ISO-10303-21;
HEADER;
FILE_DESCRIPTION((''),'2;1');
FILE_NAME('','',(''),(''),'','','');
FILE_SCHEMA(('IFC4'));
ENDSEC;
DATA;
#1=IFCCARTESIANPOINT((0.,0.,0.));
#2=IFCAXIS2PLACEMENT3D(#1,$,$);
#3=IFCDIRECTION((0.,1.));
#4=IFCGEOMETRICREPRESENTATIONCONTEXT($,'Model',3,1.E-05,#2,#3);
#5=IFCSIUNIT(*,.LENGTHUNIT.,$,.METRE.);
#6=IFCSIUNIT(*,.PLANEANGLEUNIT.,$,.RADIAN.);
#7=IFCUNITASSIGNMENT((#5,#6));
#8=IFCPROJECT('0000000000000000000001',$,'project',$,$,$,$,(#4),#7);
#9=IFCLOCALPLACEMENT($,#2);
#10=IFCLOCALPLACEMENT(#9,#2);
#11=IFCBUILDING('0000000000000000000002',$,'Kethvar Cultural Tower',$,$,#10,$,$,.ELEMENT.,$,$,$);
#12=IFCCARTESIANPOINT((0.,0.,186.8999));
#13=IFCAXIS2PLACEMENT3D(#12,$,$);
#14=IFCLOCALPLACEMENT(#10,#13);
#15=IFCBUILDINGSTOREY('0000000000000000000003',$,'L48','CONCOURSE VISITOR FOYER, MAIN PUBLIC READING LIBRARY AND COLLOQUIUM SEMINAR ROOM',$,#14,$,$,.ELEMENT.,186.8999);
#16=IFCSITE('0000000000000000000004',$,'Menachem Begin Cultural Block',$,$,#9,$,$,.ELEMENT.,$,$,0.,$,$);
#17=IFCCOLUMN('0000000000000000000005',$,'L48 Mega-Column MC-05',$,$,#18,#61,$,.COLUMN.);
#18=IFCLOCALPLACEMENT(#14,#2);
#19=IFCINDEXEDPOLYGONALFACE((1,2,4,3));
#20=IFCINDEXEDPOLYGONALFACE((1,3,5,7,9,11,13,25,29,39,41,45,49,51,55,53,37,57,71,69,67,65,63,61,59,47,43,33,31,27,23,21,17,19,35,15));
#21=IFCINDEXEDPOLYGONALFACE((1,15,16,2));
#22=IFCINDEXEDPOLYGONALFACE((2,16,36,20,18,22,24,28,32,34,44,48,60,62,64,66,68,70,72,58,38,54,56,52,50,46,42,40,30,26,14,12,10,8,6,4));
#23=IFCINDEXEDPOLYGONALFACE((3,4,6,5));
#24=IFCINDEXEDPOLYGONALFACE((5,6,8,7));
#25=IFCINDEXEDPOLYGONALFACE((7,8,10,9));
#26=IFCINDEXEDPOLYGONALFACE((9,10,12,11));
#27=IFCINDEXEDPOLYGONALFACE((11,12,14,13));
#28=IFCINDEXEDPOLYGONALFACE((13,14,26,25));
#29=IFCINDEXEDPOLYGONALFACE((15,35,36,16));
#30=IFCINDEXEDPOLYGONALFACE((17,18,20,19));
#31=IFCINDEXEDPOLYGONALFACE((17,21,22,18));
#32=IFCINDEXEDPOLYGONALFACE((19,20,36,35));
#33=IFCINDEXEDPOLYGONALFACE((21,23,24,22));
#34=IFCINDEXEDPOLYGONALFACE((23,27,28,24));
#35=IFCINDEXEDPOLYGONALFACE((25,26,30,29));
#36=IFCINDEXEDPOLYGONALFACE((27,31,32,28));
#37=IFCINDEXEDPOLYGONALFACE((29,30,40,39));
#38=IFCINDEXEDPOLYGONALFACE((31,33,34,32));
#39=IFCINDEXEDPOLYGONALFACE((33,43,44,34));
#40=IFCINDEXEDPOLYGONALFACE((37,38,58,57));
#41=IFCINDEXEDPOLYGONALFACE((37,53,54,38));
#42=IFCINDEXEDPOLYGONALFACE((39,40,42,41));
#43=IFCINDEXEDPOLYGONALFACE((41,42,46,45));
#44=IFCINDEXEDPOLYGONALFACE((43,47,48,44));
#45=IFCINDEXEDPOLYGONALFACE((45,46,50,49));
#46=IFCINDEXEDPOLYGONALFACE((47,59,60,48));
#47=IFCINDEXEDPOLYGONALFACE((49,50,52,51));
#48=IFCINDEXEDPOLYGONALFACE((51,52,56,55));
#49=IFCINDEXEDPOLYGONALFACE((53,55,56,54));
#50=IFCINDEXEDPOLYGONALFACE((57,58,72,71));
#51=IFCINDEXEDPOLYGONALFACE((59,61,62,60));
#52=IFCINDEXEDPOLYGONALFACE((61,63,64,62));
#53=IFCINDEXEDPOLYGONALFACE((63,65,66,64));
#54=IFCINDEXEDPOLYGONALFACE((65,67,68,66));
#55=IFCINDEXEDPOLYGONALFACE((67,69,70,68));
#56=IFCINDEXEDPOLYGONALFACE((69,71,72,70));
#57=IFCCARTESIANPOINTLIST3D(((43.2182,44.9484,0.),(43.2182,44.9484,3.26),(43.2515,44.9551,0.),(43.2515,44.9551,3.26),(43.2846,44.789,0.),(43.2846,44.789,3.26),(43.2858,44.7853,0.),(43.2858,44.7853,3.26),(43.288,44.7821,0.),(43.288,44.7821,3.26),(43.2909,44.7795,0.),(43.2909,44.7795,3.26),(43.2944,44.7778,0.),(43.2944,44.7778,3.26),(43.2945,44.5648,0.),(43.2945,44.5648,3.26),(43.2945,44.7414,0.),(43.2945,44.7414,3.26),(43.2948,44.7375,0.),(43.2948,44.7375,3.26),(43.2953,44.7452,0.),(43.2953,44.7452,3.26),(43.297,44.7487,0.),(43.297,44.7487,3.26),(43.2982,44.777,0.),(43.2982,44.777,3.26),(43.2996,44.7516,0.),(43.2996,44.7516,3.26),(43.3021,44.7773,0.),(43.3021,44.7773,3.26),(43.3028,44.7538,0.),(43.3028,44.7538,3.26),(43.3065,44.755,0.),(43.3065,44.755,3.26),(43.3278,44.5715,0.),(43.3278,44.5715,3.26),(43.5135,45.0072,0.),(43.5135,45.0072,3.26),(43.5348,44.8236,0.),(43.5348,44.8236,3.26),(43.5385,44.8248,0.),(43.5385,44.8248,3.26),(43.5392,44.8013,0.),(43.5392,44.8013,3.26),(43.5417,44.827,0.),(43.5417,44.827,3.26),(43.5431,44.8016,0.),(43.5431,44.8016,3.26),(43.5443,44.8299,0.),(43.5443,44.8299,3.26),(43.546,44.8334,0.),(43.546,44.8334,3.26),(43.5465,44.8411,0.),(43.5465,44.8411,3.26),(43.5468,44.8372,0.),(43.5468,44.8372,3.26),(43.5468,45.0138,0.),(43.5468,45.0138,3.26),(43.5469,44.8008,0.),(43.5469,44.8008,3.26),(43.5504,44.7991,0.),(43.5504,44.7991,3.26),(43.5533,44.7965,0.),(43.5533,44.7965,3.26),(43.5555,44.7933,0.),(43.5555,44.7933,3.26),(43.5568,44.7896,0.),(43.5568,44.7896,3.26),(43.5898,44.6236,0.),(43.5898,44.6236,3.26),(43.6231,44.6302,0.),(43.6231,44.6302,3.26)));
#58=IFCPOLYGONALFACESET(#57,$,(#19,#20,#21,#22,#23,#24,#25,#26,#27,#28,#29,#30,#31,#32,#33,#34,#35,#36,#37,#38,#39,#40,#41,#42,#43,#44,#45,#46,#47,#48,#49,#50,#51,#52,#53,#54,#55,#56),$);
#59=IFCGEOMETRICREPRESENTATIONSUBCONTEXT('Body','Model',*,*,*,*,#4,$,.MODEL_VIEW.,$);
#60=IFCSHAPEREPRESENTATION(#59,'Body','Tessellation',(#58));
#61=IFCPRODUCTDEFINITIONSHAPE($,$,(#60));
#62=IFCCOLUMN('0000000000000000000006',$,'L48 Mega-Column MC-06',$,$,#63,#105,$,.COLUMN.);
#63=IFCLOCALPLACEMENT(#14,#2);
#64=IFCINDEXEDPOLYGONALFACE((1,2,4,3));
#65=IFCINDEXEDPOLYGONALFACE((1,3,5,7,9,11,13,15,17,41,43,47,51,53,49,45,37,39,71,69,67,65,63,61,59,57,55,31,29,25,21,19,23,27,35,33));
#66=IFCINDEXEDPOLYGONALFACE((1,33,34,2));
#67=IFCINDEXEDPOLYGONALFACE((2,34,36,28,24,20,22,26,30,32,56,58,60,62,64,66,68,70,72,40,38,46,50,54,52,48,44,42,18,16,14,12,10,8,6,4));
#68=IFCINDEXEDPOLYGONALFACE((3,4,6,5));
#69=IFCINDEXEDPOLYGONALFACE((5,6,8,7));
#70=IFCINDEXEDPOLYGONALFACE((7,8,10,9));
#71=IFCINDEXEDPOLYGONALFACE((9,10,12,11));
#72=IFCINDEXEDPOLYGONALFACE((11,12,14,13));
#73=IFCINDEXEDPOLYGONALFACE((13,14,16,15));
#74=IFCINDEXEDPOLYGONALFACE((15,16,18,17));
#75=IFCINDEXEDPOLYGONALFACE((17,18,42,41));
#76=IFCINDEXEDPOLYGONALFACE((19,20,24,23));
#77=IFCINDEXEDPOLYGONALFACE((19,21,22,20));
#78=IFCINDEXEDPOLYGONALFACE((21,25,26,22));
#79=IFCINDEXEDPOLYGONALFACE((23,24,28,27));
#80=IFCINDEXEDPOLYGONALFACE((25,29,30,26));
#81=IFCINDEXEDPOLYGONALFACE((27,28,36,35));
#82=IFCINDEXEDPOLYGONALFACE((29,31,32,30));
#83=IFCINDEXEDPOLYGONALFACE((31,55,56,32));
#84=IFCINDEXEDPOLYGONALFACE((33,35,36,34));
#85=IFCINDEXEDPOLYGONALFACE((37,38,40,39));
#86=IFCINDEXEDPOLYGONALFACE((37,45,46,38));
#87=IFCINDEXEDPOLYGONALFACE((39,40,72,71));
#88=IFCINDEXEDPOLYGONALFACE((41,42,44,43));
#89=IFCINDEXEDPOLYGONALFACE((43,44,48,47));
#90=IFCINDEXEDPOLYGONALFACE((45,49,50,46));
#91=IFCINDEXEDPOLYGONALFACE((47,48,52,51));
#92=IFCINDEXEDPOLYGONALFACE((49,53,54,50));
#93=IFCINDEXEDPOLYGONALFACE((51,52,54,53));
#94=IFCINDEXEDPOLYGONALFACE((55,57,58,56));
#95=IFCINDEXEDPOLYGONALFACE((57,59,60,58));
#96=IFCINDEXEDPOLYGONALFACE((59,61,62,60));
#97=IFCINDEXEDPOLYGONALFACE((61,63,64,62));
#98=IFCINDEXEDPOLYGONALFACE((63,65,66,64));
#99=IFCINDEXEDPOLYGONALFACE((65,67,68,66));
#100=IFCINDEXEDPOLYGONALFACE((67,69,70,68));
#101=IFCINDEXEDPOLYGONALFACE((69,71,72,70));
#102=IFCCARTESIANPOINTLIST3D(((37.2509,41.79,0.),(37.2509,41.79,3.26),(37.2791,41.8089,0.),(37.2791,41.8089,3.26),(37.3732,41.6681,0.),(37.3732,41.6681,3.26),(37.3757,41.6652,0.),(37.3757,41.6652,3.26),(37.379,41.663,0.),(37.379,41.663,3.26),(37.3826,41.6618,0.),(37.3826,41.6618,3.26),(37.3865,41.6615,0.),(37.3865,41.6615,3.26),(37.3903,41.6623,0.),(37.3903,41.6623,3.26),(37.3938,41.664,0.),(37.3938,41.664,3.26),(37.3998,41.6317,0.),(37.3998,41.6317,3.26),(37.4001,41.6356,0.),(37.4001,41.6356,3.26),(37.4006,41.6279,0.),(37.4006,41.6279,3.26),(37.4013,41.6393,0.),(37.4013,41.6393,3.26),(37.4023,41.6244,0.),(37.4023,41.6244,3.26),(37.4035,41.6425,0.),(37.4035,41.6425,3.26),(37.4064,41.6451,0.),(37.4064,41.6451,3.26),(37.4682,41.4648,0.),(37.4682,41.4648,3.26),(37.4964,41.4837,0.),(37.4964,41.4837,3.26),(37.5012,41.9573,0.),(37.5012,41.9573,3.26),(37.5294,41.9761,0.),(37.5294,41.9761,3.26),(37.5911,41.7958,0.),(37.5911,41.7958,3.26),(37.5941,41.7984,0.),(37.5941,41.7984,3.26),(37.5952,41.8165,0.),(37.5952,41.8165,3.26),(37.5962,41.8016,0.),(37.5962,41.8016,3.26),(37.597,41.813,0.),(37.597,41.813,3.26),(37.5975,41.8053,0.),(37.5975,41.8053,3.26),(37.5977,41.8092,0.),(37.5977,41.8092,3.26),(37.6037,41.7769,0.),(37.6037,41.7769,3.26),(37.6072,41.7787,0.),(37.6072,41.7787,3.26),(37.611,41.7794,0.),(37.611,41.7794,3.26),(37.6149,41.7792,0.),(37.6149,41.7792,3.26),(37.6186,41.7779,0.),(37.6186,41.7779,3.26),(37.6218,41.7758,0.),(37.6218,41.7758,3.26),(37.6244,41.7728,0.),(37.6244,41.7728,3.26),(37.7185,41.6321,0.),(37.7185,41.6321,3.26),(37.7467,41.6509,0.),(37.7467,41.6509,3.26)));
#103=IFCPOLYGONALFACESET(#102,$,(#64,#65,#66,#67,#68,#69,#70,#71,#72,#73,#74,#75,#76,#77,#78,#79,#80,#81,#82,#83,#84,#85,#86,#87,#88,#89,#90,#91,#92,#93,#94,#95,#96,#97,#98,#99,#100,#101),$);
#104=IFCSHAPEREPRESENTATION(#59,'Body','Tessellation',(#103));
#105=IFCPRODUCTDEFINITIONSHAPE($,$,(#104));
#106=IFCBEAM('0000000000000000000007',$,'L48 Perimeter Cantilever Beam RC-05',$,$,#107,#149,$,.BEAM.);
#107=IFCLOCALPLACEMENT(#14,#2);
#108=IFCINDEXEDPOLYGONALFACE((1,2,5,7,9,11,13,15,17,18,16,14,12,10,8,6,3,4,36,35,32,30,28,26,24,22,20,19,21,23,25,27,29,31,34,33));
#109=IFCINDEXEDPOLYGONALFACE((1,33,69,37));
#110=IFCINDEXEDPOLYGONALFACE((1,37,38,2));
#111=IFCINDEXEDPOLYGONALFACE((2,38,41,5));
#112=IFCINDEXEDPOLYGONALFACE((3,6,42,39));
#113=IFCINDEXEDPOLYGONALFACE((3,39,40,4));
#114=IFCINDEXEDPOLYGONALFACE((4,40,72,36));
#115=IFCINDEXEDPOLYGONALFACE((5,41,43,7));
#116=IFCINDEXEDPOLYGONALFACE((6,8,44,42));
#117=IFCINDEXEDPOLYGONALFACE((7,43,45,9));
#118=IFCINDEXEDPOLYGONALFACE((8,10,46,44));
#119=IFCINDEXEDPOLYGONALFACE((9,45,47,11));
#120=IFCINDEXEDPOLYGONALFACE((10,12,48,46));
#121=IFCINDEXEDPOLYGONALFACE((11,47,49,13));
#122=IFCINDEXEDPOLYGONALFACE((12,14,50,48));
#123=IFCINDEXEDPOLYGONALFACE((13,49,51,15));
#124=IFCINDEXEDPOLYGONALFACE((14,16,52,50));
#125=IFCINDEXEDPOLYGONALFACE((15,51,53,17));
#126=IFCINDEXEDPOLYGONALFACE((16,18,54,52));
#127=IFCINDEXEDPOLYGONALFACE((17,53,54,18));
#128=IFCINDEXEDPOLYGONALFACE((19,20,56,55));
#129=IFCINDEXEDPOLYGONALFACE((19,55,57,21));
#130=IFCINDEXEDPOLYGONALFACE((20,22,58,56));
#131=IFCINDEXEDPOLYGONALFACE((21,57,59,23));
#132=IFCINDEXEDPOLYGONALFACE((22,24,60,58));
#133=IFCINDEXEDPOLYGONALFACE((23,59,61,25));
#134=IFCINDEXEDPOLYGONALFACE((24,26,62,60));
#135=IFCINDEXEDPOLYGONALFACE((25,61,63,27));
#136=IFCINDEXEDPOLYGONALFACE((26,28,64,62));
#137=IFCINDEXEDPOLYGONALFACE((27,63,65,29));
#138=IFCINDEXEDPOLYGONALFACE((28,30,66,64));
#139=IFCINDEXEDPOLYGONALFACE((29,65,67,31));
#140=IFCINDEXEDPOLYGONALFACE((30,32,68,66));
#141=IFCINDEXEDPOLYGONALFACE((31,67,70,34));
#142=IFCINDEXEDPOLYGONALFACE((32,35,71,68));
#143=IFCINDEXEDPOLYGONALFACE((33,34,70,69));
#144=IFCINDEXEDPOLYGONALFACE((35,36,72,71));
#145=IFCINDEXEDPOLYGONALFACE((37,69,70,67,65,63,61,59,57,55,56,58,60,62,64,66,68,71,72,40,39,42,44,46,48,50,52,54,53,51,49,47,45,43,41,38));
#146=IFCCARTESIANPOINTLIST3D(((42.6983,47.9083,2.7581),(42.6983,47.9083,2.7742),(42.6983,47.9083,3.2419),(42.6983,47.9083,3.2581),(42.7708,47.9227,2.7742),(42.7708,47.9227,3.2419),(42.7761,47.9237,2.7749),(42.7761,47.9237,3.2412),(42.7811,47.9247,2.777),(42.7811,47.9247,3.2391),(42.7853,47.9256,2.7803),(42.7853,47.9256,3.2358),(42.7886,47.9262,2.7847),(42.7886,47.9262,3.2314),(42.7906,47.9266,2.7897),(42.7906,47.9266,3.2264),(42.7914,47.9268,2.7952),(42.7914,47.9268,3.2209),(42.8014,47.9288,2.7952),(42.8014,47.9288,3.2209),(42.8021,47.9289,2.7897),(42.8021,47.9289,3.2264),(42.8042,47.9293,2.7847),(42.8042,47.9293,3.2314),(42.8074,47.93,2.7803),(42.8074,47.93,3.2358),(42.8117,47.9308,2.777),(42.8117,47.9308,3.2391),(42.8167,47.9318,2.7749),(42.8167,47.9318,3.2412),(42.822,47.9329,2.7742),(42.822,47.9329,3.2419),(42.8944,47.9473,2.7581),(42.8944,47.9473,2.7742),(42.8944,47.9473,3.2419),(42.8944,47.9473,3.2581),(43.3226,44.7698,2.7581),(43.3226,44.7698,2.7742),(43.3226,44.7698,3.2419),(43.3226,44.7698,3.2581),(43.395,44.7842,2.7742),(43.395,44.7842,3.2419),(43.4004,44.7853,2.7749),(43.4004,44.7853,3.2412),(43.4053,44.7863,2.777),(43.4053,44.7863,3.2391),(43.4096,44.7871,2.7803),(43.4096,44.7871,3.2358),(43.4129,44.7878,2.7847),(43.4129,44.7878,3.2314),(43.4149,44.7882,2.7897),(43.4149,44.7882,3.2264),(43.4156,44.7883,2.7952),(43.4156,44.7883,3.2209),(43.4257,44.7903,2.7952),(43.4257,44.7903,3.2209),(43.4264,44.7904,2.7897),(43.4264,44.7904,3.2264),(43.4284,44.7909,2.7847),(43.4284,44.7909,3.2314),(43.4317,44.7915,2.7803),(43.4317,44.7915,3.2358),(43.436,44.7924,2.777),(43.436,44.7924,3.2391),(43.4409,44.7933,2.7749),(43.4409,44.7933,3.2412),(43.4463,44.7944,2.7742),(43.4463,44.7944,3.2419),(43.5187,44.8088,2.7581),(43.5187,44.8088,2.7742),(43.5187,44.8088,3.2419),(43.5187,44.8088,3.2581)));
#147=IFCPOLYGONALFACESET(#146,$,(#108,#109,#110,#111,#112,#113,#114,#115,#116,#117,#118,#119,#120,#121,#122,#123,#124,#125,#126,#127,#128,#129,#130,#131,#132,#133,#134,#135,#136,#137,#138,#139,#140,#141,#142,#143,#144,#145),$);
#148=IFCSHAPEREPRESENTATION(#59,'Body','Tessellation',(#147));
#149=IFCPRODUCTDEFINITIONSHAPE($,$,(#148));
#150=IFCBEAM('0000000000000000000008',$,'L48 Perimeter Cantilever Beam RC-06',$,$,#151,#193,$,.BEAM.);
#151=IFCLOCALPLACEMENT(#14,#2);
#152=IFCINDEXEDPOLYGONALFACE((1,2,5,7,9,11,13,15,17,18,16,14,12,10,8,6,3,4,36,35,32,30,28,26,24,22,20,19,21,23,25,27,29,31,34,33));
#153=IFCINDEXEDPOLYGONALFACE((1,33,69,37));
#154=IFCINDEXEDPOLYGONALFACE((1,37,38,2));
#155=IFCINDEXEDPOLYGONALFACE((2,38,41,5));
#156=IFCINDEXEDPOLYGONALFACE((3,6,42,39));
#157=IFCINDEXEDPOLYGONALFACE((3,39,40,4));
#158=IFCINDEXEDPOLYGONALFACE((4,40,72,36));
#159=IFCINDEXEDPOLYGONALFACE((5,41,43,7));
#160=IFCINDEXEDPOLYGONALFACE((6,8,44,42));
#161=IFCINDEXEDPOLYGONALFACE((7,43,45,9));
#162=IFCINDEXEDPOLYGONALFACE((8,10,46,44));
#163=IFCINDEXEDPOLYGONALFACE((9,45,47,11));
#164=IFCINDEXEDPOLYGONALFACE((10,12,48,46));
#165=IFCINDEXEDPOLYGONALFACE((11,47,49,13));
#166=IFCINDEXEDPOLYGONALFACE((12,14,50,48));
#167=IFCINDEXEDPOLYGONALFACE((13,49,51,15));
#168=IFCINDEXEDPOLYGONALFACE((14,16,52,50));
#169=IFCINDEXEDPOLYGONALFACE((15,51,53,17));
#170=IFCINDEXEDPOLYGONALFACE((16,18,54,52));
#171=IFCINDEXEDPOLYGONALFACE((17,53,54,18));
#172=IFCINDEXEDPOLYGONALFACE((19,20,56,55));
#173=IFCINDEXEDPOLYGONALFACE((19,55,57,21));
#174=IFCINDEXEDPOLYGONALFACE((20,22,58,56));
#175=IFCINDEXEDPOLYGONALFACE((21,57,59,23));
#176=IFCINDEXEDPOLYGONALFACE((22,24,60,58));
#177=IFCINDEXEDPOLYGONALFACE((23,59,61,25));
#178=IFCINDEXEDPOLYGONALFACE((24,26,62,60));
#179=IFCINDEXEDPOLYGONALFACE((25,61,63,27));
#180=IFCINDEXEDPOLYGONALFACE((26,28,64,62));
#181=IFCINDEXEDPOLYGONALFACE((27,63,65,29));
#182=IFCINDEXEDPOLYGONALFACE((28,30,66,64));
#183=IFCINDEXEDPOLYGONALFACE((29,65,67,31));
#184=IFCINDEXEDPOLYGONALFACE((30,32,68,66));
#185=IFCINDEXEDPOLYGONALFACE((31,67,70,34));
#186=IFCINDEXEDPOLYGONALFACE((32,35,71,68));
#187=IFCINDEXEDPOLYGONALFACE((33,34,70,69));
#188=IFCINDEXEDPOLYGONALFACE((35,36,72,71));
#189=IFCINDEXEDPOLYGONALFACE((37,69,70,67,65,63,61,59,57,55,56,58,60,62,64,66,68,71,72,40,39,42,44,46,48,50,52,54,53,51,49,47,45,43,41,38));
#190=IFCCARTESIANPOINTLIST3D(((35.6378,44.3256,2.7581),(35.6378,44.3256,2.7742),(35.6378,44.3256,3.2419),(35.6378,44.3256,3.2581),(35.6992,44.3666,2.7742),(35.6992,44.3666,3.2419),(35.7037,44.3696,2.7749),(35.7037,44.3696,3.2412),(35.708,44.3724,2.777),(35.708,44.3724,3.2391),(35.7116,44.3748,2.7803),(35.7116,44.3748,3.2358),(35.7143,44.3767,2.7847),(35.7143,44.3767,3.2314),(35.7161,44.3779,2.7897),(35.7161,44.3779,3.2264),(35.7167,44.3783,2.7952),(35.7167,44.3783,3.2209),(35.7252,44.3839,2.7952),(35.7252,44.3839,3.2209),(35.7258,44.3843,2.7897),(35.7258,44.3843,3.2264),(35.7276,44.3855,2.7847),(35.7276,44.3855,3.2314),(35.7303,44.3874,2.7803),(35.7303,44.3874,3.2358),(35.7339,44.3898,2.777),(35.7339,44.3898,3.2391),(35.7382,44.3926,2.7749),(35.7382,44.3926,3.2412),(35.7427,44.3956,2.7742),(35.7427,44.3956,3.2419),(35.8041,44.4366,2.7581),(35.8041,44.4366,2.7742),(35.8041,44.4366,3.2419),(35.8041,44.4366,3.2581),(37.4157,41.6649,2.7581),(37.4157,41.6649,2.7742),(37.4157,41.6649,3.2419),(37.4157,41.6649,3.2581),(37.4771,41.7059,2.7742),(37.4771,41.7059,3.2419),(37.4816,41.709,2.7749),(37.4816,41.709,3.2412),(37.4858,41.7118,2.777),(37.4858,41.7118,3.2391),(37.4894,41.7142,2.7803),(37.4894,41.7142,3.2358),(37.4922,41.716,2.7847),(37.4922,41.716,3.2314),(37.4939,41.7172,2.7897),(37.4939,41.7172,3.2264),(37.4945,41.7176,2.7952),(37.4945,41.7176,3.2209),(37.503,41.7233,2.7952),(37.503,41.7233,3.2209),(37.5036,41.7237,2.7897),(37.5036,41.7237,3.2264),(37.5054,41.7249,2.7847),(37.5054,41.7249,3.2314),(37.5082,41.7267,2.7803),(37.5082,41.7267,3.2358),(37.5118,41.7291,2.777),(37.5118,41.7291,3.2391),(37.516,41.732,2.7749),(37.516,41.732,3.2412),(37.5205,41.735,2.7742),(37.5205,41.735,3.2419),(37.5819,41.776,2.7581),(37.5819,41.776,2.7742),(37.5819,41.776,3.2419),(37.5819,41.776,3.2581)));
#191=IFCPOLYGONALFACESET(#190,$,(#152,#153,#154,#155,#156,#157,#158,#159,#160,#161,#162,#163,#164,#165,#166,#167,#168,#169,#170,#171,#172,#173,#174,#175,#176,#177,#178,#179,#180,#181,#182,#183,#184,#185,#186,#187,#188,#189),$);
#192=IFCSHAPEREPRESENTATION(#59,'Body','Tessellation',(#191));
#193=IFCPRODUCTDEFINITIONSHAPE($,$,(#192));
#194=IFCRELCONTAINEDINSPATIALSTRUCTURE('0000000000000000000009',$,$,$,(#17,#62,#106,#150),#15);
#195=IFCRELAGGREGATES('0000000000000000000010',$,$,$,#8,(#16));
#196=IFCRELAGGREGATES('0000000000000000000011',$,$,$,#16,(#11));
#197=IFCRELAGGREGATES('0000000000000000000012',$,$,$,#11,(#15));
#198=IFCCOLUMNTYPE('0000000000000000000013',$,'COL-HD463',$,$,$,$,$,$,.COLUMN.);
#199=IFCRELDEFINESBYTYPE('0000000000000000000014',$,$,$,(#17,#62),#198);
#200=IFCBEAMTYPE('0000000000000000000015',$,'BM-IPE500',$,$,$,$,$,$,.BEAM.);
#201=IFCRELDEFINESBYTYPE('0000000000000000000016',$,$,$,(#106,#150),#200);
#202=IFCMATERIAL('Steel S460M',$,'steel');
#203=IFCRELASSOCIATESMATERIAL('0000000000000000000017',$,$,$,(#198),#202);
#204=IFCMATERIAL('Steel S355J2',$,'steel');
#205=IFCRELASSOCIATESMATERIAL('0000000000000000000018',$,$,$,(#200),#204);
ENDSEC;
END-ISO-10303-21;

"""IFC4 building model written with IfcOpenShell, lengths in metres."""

from ifc_helpers import new_model, si_unit, direction, frame, origin, origin_2d, place, context, subcontext, project, spatial, i_section, extrude, source, transform, mapped, material, material_profile, profile_set, type_object, element, save


model = new_model("IFC4")

# Units and contexts
model_context = context("Model", 3, precision=1e-05, world=origin(), true_north=direction((0.0, 1.0)))
body_context = subcontext(model_context, "Body", "Model", "MODEL_VIEW")
ifc_project = project(units=[si_unit("LENGTHUNIT", "METRE"), si_unit("PLANEANGLEUNIT", "RADIAN")], contexts=[model_context])

# Site, building, storey
site_placement = place(None, origin())
site = spatial("IfcSite", under=ifc_project, at=site_placement, Name="Menachem Begin Cultural Block", CompositionType="ELEMENT", RefElevation=0.0)
building_placement = place(site_placement, origin())
building = spatial("IfcBuilding", under=site, at=building_placement, Name="Kethvar Cultural Tower", CompositionType="ELEMENT")
storey_placement = place(building_placement, frame((0.0, 0.0, 186.8999)))
storey = spatial("IfcBuildingStorey", under=building, at=storey_placement, Name="L48", Description="CONCOURSE VISITOR FOYER, MAIN PUBLIC READING LIBRARY AND COLLOQUIUM SEMINAR ROOM", CompositionType="ELEMENT", Elevation=186.8999)

# Columns
ifc_material_1 = material(Name="Steel S460M", Category="steel")
ifc_material_profile_1 = material_profile(ifc_material_1, i_section(OverallWidth=0.3911, OverallDepth=0.335, WebThickness=0.0227, FlangeThickness=0.0339, FilletRadius=0.0149, at=origin_2d()), Name="Steel S460M — HD400x463")
ifc_profile_set_1 = profile_set([ifc_material_profile_1], Name="Steel S460M — HD400x463")
column_type = type_object("IfcColumnType", Name="COL-HD463", PredefinedType="COLUMN", material=ifc_profile_set_1)
shared_shape_1 = source(origin(), body_context, "Body", "SweptSolid", [
    extrude(i_section(OverallWidth=0.3911, OverallDepth=0.335, WebThickness=0.0227, FlangeThickness=0.0339, FilletRadius=0.0149, at=origin_2d()), origin(), (0.0, 0.0, 1.0), 3.26),
])
for number, where, z_axis, x_axis, name in (
    (1, (43.4207, 44.7893, 0.0), (0.0, 0.0, 1.0), (-0.19509, 0.980785, 0.0), "L48 Mega-Column MC-05"),
    (2, (37.4988, 41.7205, 0.0), (0.0, 0.0, 1.0), (-0.55557, 0.83147, 0.0), "L48 Mega-Column MC-06"),
):
    element("IfcColumn", number, at=place(storey_placement, frame(where, z_axis=z_axis, x_axis=x_axis)), inside=storey, type_object=column_type, Name=name, PredefinedType="COLUMN", context=body_context, shape_type="MappedRepresentation", body=[
        mapped(shared_shape_1, transform((0.0, 0.0, 0.0), scale=1.0)),
    ])

# Beams
ifc_material_2 = material(Name="Steel S355J2", Category="steel")
ifc_material_profile_2 = material_profile(ifc_material_2, i_section(OverallWidth=0.2, OverallDepth=0.5, WebThickness=0.0103, FlangeThickness=0.0161, FilletRadius=0.021, at=origin_2d()), Name="Steel S355J2 — IPE500")
ifc_profile_set_2 = profile_set([ifc_material_profile_2], Name="Steel S355J2 — IPE500")
beam_type_1 = type_object("IfcBeamType", Name="BM-IPE500", PredefinedType="BEAM", material=ifc_profile_set_2)
shared_shape_2 = source(origin(), body_context, "Body", "SweptSolid", [
    extrude(i_section(OverallWidth=0.2, OverallDepth=0.5, WebThickness=0.0103, FlangeThickness=0.0161, FilletRadius=0.021, at=origin_2d()), origin(), (0.0, 0.0, 1.0), 3.2),
])
for number, where, z_axis, x_axis, name in (
    (3, (43.4207, 44.7893, 3.0081), (-0.195089, 0.980786, 0.0), (-0.980786, -0.195089, 0.0), "L48 Perimeter Cantilever Beam RC-05"),
    (4, (37.4988, 41.7205, 3.0081), (-0.55558, 0.831463, 0.0), (-0.831463, -0.55558, 0.0), "L48 Perimeter Cantilever Beam RC-06"),
):
    element("IfcBeam", number, at=place(storey_placement, frame(where, z_axis=z_axis, x_axis=x_axis)), inside=storey, type_object=beam_type_1, Name=name, PredefinedType="BEAM", context=body_context, shape_type="MappedRepresentation", body=[
        mapped(shared_shape_2, transform((0.0, 0.0, 0.0), scale=1.0)),
    ])

save(model, "model.ifc")
